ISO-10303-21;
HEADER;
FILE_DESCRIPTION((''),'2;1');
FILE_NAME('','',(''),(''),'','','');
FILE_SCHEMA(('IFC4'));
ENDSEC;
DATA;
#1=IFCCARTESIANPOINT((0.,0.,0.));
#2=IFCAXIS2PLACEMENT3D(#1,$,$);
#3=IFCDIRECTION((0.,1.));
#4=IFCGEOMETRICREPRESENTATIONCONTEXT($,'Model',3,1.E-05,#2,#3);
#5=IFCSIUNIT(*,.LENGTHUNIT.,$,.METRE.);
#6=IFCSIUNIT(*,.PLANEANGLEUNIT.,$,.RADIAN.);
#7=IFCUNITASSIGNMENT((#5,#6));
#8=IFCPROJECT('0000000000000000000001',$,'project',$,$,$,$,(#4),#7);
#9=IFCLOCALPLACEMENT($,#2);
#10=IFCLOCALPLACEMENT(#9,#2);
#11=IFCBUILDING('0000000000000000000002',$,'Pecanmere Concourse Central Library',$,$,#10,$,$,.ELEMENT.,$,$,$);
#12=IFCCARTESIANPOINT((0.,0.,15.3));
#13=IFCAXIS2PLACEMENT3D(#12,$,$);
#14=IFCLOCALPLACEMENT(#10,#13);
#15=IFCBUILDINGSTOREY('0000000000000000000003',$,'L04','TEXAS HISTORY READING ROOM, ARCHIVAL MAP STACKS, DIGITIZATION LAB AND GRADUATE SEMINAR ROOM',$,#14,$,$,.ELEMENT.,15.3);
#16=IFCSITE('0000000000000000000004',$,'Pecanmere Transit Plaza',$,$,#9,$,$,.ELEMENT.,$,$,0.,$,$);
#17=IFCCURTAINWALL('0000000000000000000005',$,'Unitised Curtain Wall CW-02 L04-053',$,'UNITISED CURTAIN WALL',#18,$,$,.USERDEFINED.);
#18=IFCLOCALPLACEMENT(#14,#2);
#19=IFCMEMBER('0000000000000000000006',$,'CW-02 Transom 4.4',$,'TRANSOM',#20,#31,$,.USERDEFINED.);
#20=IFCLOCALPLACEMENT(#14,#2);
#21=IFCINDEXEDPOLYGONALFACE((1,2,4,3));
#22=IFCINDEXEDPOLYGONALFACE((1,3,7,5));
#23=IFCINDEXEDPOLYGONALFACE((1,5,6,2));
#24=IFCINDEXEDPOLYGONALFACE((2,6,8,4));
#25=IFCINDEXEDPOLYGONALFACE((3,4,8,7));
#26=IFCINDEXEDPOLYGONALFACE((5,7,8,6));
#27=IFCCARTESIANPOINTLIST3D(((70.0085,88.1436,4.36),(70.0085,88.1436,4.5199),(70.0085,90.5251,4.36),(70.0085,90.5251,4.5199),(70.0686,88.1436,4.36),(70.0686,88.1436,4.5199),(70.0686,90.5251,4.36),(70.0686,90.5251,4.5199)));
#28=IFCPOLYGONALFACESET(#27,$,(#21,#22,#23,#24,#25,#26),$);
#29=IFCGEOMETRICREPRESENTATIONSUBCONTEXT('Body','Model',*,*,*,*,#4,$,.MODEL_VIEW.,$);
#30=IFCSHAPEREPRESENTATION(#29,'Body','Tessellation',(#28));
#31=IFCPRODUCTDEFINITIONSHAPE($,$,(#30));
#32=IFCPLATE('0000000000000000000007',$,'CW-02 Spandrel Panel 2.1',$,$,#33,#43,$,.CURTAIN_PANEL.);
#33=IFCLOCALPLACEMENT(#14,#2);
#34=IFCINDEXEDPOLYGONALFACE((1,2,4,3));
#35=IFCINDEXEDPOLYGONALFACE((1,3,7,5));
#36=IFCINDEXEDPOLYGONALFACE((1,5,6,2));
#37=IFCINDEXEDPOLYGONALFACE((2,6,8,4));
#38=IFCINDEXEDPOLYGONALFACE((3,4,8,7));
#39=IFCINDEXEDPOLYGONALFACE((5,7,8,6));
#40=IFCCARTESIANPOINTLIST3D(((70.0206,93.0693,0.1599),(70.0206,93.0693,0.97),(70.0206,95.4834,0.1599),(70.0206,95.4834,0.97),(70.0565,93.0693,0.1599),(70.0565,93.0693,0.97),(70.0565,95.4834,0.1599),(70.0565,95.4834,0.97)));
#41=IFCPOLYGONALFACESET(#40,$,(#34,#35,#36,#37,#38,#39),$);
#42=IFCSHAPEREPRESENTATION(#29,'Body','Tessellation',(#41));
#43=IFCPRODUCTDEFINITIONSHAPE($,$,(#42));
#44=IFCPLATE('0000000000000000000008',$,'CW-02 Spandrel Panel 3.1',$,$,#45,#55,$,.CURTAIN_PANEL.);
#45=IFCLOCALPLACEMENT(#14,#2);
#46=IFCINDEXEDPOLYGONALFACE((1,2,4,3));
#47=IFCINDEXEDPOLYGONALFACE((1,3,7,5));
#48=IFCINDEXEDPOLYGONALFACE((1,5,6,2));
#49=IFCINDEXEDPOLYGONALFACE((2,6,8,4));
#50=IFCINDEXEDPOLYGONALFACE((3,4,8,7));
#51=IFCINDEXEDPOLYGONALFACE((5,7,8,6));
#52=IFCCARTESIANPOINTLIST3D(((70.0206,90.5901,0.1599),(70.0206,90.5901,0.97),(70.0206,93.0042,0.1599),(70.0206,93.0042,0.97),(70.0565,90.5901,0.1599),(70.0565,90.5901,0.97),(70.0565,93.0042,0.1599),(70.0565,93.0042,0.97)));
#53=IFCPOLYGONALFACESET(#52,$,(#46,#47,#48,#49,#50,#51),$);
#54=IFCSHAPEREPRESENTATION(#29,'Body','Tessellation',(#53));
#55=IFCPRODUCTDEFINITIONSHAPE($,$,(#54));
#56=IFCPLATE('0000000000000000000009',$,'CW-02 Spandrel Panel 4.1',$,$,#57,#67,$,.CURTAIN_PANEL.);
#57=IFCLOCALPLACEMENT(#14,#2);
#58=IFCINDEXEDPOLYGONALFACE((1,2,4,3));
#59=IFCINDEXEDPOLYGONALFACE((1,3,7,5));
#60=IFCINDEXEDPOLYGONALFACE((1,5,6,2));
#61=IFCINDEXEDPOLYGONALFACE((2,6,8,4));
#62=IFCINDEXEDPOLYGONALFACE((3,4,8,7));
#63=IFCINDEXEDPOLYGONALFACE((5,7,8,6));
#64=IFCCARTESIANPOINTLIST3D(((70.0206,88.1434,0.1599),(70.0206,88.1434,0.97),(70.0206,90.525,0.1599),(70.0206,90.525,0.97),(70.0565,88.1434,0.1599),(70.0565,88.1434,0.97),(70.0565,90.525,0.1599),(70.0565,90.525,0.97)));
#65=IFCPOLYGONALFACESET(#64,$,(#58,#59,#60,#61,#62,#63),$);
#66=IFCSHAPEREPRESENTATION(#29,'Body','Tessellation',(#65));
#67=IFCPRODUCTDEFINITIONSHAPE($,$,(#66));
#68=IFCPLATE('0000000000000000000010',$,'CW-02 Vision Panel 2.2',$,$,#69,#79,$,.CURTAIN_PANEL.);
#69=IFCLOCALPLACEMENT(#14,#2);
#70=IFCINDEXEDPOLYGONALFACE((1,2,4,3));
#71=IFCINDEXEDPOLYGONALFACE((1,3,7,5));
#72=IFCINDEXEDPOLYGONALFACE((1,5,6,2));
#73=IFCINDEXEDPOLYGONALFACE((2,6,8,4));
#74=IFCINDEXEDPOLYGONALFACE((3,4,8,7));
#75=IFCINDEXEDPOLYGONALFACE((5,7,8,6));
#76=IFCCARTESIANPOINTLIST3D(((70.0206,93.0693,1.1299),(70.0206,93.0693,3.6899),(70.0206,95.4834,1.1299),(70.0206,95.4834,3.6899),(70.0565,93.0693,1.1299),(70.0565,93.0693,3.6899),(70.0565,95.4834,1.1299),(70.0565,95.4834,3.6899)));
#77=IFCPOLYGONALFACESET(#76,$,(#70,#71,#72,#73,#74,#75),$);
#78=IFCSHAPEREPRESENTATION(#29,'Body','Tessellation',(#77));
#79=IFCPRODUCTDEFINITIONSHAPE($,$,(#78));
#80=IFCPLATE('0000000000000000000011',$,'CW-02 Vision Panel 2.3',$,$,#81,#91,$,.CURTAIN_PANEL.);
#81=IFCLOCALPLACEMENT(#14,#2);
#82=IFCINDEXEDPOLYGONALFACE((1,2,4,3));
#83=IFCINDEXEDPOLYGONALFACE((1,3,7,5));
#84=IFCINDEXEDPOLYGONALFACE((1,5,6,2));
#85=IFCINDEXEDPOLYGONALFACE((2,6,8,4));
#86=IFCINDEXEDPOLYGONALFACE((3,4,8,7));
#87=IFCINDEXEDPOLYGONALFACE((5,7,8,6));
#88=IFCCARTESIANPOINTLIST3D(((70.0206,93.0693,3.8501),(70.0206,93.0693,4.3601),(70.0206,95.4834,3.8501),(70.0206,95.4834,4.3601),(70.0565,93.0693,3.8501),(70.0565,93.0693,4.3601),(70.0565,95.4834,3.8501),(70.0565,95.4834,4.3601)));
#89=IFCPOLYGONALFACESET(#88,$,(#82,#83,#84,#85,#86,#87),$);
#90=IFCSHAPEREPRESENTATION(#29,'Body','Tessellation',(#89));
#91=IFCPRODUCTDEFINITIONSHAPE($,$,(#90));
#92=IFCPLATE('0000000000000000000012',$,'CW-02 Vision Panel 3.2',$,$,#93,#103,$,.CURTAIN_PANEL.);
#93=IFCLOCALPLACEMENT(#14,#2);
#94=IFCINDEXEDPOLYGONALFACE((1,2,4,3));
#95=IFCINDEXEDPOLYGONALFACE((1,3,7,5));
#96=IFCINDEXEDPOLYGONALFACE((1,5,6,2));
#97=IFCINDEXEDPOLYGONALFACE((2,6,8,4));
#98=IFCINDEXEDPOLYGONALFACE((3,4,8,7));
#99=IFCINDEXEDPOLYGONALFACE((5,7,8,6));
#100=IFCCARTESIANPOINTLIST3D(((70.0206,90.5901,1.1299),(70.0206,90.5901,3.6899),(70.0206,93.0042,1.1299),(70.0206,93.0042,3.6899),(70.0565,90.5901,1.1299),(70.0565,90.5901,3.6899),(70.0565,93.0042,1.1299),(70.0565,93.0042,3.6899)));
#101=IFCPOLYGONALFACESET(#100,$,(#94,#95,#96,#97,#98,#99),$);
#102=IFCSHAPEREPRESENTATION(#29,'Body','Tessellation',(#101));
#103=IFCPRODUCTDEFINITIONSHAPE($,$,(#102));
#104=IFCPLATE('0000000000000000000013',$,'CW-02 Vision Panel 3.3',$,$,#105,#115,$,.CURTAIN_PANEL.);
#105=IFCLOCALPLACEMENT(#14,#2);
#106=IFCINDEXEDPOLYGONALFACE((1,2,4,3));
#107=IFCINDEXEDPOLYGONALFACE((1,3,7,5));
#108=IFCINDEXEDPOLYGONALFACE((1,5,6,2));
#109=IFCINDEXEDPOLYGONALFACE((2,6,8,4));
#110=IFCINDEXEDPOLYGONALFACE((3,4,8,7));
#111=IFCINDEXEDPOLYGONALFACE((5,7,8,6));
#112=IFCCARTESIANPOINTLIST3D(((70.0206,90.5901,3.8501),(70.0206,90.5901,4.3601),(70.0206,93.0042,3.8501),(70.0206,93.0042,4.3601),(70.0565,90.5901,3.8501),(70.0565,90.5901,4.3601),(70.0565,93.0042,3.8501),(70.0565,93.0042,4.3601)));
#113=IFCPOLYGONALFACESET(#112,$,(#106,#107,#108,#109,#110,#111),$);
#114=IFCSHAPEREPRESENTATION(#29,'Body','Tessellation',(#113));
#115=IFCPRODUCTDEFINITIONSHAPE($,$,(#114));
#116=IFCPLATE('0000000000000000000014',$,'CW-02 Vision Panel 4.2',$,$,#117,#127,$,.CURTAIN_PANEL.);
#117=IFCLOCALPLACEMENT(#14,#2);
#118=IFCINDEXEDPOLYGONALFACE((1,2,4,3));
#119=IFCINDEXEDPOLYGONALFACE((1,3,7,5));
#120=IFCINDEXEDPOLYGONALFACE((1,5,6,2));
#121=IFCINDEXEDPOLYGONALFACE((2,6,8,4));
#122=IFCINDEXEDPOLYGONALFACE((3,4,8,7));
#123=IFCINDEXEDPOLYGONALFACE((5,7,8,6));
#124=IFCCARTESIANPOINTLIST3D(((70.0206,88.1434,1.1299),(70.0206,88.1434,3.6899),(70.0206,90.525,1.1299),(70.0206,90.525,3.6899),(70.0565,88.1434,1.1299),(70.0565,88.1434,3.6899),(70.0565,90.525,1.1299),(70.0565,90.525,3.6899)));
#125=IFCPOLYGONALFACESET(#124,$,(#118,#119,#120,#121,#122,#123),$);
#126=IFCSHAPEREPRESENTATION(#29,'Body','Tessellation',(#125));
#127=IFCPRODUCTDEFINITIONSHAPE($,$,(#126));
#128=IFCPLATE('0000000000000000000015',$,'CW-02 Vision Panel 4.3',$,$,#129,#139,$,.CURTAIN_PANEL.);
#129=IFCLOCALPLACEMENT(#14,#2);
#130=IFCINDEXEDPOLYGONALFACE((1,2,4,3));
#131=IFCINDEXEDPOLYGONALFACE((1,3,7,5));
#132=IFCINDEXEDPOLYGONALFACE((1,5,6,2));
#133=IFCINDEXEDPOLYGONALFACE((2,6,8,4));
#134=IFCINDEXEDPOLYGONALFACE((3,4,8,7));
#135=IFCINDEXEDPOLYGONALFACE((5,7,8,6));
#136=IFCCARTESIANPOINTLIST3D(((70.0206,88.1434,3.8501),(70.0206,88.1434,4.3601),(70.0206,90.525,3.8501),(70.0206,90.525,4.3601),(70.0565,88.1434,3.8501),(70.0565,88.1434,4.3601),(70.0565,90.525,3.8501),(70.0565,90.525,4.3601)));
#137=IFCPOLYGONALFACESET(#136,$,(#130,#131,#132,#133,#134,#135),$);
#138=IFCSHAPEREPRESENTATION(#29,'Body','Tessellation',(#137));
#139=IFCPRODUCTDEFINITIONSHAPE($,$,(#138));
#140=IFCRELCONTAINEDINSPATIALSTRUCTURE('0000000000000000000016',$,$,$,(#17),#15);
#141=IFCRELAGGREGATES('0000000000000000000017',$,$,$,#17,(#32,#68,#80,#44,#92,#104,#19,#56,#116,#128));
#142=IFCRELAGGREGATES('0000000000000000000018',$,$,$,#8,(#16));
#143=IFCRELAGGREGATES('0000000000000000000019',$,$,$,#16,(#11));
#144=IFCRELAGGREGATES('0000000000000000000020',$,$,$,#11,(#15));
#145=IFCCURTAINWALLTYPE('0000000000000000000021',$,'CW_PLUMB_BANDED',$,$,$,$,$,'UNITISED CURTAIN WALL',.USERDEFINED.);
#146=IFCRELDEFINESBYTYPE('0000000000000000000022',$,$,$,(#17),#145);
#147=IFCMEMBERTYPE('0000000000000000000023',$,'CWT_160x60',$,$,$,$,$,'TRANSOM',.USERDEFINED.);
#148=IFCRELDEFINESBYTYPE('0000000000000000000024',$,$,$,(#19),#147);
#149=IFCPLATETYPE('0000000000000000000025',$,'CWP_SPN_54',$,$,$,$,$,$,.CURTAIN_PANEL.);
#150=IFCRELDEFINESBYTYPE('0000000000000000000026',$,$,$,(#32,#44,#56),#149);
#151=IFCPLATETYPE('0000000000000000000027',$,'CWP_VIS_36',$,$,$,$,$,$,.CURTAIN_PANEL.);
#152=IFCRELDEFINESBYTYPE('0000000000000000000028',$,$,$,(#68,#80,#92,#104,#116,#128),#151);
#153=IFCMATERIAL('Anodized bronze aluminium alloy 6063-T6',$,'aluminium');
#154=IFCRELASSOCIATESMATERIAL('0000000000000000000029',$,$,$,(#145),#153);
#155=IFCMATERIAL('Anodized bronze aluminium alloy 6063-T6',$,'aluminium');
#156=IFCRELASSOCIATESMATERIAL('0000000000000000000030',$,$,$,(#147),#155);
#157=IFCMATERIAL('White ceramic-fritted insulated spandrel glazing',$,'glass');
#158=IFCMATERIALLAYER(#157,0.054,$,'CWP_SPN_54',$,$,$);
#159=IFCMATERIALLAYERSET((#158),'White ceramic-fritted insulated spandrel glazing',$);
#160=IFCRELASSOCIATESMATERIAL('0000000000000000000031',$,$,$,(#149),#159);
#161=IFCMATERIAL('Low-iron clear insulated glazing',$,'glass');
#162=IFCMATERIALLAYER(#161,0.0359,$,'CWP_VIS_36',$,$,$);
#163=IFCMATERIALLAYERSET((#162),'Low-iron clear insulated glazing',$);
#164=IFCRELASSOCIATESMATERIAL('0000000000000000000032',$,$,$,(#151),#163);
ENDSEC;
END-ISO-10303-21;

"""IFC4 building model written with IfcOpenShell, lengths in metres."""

from ifc_helpers import new_model, si_unit, direction, frame, origin, origin_2d, place, context, subcontext, project, spatial, rectangle, extrude, material, layer, layer_set, material_profile, profile_set, type_object, element, aggregate, save


model = new_model("IFC4")

# Units and contexts
model_context = context("Model", 3, precision=1e-05, world=origin(), true_north=direction((0.0, 1.0)))
body_context = subcontext(model_context, "Body", "Model", "MODEL_VIEW")
ifc_project = project(units=[si_unit("LENGTHUNIT", "METRE"), si_unit("PLANEANGLEUNIT", "RADIAN")], contexts=[model_context])

# Site, building, storey
site_placement = place(None, origin())
site = spatial("IfcSite", under=ifc_project, at=site_placement, Name="Pecanmere Transit Plaza", CompositionType="ELEMENT", RefElevation=0.0)
building_placement = place(site_placement, origin())
building = spatial("IfcBuilding", under=site, at=building_placement, Name="Pecanmere Concourse Central Library", CompositionType="ELEMENT")
storey_placement = place(building_placement, frame((0.0, 0.0, 15.3)))
storey = spatial("IfcBuildingStorey", under=building, at=storey_placement, Name="L04", Description="TEXAS HISTORY READING ROOM, ARCHIVAL MAP STACKS, DIGITIZATION LAB AND GRADUATE SEMINAR ROOM", CompositionType="ELEMENT", Elevation=15.3)

# Curtain wall, member, plates
ifc_material_1 = material(Name="Anodized bronze aluminium alloy 6063-T6", Category="aluminium")
curtain_wall_type = type_object("IfcCurtainWallType", Name="CW_PLUMB_BANDED", ElementType="UNITISED CURTAIN WALL", PredefinedType="USERDEFINED", material=ifc_material_1)
curtain_wall_placement = place(storey_placement, origin())
curtain_wall = element("IfcCurtainWall", 1, at=curtain_wall_placement, inside=storey, type_object=curtain_wall_type, Name="Unitised Curtain Wall CW-02 L04-053", ObjectType="UNITISED CURTAIN WALL", PredefinedType="USERDEFINED")
ifc_material_2 = material(Name="Anodized bronze aluminium alloy 6063-T6", Category="aluminium")
ifc_material_profile_1 = material_profile(ifc_material_2, rectangle(XDim=0.0601, YDim=0.1599, at=origin_2d()), Name="AL 60x160")
ifc_profile_set_1 = profile_set([ifc_material_profile_1], Name="Anodized bronze aluminium alloy 6063-T6")
member_type_1 = type_object("IfcMemberType", Name="CWT_160x60", ElementType="TRANSOM", PredefinedType="USERDEFINED", material=ifc_profile_set_1)
member_1_placement = place(storey_placement, frame((70.0386, 90.5251, 4.4399), z_axis=(0.0, -1.0, 0.0), x_axis=(1.0, 0.0, 0.0)))
member_1 = element("IfcMember", 2, at=member_1_placement, type_object=member_type_1, Name="CW-02 Transom 4.4", ObjectType="TRANSOM", PredefinedType="USERDEFINED", context=body_context, shape_type="SweptSolid", body=[
    extrude(rectangle(XDim=0.0601, YDim=0.1599, at=origin_2d()), origin(), (0.0, 0.0, 1.0), 2.3816),
])
ifc_material_3 = material(Name="White ceramic-fritted insulated spandrel glazing", Category="glass")
ifc_layer_1 = layer(ifc_material_3, 0.054, Name="CWP_SPN_54")
ifc_layer_set_1 = layer_set([ifc_layer_1], Name="White ceramic-fritted insulated spandrel glazing")
plate_type_1 = type_object("IfcPlateType", Name="CWP_SPN_54", PredefinedType="CURTAIN_PANEL", material=ifc_layer_set_1)
plate_1_placement = place(storey_placement, frame((70.0386, 94.2764, 0.1599), z_axis=(0.0, 0.0, 1.0), x_axis=(0.0, -1.0, 0.0)))
plate_1 = element("IfcPlate", 3, at=plate_1_placement, type_object=plate_type_1, Name="CW-02 Spandrel Panel 2.1", PredefinedType="CURTAIN_PANEL", context=body_context, shape_type="SweptSolid", body=[
    extrude(rectangle(XDim=2.4141, YDim=0.0359, at=origin_2d()), origin(), (0.0, 0.0, 1.0), 0.8101),
])
plate_2_placement = place(storey_placement, frame((70.0386, 91.7971, 0.1599), z_axis=(0.0, 0.0, 1.0), x_axis=(0.0, -1.0, 0.0)))
plate_2 = element("IfcPlate", 4, at=plate_2_placement, type_object=plate_type_1, Name="CW-02 Spandrel Panel 3.1", PredefinedType="CURTAIN_PANEL", context=body_context, shape_type="SweptSolid", body=[
    extrude(rectangle(XDim=2.4141, YDim=0.0359, at=origin_2d()), origin(), (0.0, 0.0, 1.0), 0.8101),
])
plate_3_placement = place(storey_placement, frame((70.0386, 89.3342, 0.1599), z_axis=(0.0, 0.0, 1.0), x_axis=(0.0, -1.0, 0.0)))
plate_3 = element("IfcPlate", 5, at=plate_3_placement, type_object=plate_type_1, Name="CW-02 Spandrel Panel 4.1", PredefinedType="CURTAIN_PANEL", context=body_context, shape_type="SweptSolid", body=[
    extrude(rectangle(XDim=2.3816, YDim=0.0359, at=origin_2d()), origin(), (0.0, 0.0, 1.0), 0.8101),
])
ifc_material_4 = material(Name="Low-iron clear insulated glazing", Category="glass")
ifc_layer_2 = layer(ifc_material_4, 0.0359, Name="CWP_VIS_36")
ifc_layer_set_2 = layer_set([ifc_layer_2], Name="Low-iron clear insulated glazing")
plate_type_2 = type_object("IfcPlateType", Name="CWP_VIS_36", PredefinedType="CURTAIN_PANEL", material=ifc_layer_set_2)
plate_4_placement = place(storey_placement, frame((70.0386, 94.2764, 1.1299), z_axis=(0.0, 0.0, 1.0), x_axis=(0.0, -1.0, 0.0)))
plate_4 = element("IfcPlate", 6, at=plate_4_placement, type_object=plate_type_2, Name="CW-02 Vision Panel 2.2", PredefinedType="CURTAIN_PANEL", context=body_context, shape_type="SweptSolid", body=[
    extrude(rectangle(XDim=2.4141, YDim=0.0359, at=origin_2d()), origin(), (0.0, 0.0, 1.0), 2.5601),
])
plate_5_placement = place(storey_placement, frame((70.0386, 94.2764, 3.8501), z_axis=(0.0, 0.0, 1.0), x_axis=(0.0, -1.0, 0.0)))
plate_5 = element("IfcPlate", 7, at=plate_5_placement, type_object=plate_type_2, Name="CW-02 Vision Panel 2.3", PredefinedType="CURTAIN_PANEL", context=body_context, shape_type="SweptSolid", body=[
    extrude(rectangle(XDim=2.4141, YDim=0.0359, at=origin_2d()), origin(), (0.0, 0.0, 1.0), 0.51),
])
plate_6_placement = place(storey_placement, frame((70.0386, 91.7971, 1.1299), z_axis=(0.0, 0.0, 1.0), x_axis=(0.0, -1.0, 0.0)))
plate_6 = element("IfcPlate", 8, at=plate_6_placement, type_object=plate_type_2, Name="CW-02 Vision Panel 3.2", PredefinedType="CURTAIN_PANEL", context=body_context, shape_type="SweptSolid", body=[
    extrude(rectangle(XDim=2.4141, YDim=0.0359, at=origin_2d()), origin(), (0.0, 0.0, 1.0), 2.5601),
])
plate_7_placement = place(storey_placement, frame((70.0386, 91.7971, 3.8501), z_axis=(0.0, 0.0, 1.0), x_axis=(0.0, -1.0, 0.0)))
plate_7 = element("IfcPlate", 9, at=plate_7_placement, type_object=plate_type_2, Name="CW-02 Vision Panel 3.3", PredefinedType="CURTAIN_PANEL", context=body_context, shape_type="SweptSolid", body=[
    extrude(rectangle(XDim=2.4141, YDim=0.0359, at=origin_2d()), origin(), (0.0, 0.0, 1.0), 0.51),
])
plate_8_placement = place(storey_placement, frame((70.0386, 89.3342, 1.1299), z_axis=(0.0, 0.0, 1.0), x_axis=(0.0, -1.0, 0.0)))
plate_8 = element("IfcPlate", 10, at=plate_8_placement, type_object=plate_type_2, Name="CW-02 Vision Panel 4.2", PredefinedType="CURTAIN_PANEL", context=body_context, shape_type="SweptSolid", body=[
    extrude(rectangle(XDim=2.3816, YDim=0.0359, at=origin_2d()), origin(), (0.0, 0.0, 1.0), 2.5601),
])
plate_9_placement = place(storey_placement, frame((70.0386, 89.3342, 3.8501), z_axis=(0.0, 0.0, 1.0), x_axis=(0.0, -1.0, 0.0)))
plate_9 = element("IfcPlate", 11, at=plate_9_placement, type_object=plate_type_2, Name="CW-02 Vision Panel 4.3", PredefinedType="CURTAIN_PANEL", context=body_context, shape_type="SweptSolid", body=[
    extrude(rectangle(XDim=2.3816, YDim=0.0359, at=origin_2d()), origin(), (0.0, 0.0, 1.0), 0.51),
])
aggregate(curtain_wall, [plate_1, plate_4, plate_5, plate_2, plate_6, plate_7, member_1, plate_3, plate_8, plate_9])

save(model, "model.ifc")
